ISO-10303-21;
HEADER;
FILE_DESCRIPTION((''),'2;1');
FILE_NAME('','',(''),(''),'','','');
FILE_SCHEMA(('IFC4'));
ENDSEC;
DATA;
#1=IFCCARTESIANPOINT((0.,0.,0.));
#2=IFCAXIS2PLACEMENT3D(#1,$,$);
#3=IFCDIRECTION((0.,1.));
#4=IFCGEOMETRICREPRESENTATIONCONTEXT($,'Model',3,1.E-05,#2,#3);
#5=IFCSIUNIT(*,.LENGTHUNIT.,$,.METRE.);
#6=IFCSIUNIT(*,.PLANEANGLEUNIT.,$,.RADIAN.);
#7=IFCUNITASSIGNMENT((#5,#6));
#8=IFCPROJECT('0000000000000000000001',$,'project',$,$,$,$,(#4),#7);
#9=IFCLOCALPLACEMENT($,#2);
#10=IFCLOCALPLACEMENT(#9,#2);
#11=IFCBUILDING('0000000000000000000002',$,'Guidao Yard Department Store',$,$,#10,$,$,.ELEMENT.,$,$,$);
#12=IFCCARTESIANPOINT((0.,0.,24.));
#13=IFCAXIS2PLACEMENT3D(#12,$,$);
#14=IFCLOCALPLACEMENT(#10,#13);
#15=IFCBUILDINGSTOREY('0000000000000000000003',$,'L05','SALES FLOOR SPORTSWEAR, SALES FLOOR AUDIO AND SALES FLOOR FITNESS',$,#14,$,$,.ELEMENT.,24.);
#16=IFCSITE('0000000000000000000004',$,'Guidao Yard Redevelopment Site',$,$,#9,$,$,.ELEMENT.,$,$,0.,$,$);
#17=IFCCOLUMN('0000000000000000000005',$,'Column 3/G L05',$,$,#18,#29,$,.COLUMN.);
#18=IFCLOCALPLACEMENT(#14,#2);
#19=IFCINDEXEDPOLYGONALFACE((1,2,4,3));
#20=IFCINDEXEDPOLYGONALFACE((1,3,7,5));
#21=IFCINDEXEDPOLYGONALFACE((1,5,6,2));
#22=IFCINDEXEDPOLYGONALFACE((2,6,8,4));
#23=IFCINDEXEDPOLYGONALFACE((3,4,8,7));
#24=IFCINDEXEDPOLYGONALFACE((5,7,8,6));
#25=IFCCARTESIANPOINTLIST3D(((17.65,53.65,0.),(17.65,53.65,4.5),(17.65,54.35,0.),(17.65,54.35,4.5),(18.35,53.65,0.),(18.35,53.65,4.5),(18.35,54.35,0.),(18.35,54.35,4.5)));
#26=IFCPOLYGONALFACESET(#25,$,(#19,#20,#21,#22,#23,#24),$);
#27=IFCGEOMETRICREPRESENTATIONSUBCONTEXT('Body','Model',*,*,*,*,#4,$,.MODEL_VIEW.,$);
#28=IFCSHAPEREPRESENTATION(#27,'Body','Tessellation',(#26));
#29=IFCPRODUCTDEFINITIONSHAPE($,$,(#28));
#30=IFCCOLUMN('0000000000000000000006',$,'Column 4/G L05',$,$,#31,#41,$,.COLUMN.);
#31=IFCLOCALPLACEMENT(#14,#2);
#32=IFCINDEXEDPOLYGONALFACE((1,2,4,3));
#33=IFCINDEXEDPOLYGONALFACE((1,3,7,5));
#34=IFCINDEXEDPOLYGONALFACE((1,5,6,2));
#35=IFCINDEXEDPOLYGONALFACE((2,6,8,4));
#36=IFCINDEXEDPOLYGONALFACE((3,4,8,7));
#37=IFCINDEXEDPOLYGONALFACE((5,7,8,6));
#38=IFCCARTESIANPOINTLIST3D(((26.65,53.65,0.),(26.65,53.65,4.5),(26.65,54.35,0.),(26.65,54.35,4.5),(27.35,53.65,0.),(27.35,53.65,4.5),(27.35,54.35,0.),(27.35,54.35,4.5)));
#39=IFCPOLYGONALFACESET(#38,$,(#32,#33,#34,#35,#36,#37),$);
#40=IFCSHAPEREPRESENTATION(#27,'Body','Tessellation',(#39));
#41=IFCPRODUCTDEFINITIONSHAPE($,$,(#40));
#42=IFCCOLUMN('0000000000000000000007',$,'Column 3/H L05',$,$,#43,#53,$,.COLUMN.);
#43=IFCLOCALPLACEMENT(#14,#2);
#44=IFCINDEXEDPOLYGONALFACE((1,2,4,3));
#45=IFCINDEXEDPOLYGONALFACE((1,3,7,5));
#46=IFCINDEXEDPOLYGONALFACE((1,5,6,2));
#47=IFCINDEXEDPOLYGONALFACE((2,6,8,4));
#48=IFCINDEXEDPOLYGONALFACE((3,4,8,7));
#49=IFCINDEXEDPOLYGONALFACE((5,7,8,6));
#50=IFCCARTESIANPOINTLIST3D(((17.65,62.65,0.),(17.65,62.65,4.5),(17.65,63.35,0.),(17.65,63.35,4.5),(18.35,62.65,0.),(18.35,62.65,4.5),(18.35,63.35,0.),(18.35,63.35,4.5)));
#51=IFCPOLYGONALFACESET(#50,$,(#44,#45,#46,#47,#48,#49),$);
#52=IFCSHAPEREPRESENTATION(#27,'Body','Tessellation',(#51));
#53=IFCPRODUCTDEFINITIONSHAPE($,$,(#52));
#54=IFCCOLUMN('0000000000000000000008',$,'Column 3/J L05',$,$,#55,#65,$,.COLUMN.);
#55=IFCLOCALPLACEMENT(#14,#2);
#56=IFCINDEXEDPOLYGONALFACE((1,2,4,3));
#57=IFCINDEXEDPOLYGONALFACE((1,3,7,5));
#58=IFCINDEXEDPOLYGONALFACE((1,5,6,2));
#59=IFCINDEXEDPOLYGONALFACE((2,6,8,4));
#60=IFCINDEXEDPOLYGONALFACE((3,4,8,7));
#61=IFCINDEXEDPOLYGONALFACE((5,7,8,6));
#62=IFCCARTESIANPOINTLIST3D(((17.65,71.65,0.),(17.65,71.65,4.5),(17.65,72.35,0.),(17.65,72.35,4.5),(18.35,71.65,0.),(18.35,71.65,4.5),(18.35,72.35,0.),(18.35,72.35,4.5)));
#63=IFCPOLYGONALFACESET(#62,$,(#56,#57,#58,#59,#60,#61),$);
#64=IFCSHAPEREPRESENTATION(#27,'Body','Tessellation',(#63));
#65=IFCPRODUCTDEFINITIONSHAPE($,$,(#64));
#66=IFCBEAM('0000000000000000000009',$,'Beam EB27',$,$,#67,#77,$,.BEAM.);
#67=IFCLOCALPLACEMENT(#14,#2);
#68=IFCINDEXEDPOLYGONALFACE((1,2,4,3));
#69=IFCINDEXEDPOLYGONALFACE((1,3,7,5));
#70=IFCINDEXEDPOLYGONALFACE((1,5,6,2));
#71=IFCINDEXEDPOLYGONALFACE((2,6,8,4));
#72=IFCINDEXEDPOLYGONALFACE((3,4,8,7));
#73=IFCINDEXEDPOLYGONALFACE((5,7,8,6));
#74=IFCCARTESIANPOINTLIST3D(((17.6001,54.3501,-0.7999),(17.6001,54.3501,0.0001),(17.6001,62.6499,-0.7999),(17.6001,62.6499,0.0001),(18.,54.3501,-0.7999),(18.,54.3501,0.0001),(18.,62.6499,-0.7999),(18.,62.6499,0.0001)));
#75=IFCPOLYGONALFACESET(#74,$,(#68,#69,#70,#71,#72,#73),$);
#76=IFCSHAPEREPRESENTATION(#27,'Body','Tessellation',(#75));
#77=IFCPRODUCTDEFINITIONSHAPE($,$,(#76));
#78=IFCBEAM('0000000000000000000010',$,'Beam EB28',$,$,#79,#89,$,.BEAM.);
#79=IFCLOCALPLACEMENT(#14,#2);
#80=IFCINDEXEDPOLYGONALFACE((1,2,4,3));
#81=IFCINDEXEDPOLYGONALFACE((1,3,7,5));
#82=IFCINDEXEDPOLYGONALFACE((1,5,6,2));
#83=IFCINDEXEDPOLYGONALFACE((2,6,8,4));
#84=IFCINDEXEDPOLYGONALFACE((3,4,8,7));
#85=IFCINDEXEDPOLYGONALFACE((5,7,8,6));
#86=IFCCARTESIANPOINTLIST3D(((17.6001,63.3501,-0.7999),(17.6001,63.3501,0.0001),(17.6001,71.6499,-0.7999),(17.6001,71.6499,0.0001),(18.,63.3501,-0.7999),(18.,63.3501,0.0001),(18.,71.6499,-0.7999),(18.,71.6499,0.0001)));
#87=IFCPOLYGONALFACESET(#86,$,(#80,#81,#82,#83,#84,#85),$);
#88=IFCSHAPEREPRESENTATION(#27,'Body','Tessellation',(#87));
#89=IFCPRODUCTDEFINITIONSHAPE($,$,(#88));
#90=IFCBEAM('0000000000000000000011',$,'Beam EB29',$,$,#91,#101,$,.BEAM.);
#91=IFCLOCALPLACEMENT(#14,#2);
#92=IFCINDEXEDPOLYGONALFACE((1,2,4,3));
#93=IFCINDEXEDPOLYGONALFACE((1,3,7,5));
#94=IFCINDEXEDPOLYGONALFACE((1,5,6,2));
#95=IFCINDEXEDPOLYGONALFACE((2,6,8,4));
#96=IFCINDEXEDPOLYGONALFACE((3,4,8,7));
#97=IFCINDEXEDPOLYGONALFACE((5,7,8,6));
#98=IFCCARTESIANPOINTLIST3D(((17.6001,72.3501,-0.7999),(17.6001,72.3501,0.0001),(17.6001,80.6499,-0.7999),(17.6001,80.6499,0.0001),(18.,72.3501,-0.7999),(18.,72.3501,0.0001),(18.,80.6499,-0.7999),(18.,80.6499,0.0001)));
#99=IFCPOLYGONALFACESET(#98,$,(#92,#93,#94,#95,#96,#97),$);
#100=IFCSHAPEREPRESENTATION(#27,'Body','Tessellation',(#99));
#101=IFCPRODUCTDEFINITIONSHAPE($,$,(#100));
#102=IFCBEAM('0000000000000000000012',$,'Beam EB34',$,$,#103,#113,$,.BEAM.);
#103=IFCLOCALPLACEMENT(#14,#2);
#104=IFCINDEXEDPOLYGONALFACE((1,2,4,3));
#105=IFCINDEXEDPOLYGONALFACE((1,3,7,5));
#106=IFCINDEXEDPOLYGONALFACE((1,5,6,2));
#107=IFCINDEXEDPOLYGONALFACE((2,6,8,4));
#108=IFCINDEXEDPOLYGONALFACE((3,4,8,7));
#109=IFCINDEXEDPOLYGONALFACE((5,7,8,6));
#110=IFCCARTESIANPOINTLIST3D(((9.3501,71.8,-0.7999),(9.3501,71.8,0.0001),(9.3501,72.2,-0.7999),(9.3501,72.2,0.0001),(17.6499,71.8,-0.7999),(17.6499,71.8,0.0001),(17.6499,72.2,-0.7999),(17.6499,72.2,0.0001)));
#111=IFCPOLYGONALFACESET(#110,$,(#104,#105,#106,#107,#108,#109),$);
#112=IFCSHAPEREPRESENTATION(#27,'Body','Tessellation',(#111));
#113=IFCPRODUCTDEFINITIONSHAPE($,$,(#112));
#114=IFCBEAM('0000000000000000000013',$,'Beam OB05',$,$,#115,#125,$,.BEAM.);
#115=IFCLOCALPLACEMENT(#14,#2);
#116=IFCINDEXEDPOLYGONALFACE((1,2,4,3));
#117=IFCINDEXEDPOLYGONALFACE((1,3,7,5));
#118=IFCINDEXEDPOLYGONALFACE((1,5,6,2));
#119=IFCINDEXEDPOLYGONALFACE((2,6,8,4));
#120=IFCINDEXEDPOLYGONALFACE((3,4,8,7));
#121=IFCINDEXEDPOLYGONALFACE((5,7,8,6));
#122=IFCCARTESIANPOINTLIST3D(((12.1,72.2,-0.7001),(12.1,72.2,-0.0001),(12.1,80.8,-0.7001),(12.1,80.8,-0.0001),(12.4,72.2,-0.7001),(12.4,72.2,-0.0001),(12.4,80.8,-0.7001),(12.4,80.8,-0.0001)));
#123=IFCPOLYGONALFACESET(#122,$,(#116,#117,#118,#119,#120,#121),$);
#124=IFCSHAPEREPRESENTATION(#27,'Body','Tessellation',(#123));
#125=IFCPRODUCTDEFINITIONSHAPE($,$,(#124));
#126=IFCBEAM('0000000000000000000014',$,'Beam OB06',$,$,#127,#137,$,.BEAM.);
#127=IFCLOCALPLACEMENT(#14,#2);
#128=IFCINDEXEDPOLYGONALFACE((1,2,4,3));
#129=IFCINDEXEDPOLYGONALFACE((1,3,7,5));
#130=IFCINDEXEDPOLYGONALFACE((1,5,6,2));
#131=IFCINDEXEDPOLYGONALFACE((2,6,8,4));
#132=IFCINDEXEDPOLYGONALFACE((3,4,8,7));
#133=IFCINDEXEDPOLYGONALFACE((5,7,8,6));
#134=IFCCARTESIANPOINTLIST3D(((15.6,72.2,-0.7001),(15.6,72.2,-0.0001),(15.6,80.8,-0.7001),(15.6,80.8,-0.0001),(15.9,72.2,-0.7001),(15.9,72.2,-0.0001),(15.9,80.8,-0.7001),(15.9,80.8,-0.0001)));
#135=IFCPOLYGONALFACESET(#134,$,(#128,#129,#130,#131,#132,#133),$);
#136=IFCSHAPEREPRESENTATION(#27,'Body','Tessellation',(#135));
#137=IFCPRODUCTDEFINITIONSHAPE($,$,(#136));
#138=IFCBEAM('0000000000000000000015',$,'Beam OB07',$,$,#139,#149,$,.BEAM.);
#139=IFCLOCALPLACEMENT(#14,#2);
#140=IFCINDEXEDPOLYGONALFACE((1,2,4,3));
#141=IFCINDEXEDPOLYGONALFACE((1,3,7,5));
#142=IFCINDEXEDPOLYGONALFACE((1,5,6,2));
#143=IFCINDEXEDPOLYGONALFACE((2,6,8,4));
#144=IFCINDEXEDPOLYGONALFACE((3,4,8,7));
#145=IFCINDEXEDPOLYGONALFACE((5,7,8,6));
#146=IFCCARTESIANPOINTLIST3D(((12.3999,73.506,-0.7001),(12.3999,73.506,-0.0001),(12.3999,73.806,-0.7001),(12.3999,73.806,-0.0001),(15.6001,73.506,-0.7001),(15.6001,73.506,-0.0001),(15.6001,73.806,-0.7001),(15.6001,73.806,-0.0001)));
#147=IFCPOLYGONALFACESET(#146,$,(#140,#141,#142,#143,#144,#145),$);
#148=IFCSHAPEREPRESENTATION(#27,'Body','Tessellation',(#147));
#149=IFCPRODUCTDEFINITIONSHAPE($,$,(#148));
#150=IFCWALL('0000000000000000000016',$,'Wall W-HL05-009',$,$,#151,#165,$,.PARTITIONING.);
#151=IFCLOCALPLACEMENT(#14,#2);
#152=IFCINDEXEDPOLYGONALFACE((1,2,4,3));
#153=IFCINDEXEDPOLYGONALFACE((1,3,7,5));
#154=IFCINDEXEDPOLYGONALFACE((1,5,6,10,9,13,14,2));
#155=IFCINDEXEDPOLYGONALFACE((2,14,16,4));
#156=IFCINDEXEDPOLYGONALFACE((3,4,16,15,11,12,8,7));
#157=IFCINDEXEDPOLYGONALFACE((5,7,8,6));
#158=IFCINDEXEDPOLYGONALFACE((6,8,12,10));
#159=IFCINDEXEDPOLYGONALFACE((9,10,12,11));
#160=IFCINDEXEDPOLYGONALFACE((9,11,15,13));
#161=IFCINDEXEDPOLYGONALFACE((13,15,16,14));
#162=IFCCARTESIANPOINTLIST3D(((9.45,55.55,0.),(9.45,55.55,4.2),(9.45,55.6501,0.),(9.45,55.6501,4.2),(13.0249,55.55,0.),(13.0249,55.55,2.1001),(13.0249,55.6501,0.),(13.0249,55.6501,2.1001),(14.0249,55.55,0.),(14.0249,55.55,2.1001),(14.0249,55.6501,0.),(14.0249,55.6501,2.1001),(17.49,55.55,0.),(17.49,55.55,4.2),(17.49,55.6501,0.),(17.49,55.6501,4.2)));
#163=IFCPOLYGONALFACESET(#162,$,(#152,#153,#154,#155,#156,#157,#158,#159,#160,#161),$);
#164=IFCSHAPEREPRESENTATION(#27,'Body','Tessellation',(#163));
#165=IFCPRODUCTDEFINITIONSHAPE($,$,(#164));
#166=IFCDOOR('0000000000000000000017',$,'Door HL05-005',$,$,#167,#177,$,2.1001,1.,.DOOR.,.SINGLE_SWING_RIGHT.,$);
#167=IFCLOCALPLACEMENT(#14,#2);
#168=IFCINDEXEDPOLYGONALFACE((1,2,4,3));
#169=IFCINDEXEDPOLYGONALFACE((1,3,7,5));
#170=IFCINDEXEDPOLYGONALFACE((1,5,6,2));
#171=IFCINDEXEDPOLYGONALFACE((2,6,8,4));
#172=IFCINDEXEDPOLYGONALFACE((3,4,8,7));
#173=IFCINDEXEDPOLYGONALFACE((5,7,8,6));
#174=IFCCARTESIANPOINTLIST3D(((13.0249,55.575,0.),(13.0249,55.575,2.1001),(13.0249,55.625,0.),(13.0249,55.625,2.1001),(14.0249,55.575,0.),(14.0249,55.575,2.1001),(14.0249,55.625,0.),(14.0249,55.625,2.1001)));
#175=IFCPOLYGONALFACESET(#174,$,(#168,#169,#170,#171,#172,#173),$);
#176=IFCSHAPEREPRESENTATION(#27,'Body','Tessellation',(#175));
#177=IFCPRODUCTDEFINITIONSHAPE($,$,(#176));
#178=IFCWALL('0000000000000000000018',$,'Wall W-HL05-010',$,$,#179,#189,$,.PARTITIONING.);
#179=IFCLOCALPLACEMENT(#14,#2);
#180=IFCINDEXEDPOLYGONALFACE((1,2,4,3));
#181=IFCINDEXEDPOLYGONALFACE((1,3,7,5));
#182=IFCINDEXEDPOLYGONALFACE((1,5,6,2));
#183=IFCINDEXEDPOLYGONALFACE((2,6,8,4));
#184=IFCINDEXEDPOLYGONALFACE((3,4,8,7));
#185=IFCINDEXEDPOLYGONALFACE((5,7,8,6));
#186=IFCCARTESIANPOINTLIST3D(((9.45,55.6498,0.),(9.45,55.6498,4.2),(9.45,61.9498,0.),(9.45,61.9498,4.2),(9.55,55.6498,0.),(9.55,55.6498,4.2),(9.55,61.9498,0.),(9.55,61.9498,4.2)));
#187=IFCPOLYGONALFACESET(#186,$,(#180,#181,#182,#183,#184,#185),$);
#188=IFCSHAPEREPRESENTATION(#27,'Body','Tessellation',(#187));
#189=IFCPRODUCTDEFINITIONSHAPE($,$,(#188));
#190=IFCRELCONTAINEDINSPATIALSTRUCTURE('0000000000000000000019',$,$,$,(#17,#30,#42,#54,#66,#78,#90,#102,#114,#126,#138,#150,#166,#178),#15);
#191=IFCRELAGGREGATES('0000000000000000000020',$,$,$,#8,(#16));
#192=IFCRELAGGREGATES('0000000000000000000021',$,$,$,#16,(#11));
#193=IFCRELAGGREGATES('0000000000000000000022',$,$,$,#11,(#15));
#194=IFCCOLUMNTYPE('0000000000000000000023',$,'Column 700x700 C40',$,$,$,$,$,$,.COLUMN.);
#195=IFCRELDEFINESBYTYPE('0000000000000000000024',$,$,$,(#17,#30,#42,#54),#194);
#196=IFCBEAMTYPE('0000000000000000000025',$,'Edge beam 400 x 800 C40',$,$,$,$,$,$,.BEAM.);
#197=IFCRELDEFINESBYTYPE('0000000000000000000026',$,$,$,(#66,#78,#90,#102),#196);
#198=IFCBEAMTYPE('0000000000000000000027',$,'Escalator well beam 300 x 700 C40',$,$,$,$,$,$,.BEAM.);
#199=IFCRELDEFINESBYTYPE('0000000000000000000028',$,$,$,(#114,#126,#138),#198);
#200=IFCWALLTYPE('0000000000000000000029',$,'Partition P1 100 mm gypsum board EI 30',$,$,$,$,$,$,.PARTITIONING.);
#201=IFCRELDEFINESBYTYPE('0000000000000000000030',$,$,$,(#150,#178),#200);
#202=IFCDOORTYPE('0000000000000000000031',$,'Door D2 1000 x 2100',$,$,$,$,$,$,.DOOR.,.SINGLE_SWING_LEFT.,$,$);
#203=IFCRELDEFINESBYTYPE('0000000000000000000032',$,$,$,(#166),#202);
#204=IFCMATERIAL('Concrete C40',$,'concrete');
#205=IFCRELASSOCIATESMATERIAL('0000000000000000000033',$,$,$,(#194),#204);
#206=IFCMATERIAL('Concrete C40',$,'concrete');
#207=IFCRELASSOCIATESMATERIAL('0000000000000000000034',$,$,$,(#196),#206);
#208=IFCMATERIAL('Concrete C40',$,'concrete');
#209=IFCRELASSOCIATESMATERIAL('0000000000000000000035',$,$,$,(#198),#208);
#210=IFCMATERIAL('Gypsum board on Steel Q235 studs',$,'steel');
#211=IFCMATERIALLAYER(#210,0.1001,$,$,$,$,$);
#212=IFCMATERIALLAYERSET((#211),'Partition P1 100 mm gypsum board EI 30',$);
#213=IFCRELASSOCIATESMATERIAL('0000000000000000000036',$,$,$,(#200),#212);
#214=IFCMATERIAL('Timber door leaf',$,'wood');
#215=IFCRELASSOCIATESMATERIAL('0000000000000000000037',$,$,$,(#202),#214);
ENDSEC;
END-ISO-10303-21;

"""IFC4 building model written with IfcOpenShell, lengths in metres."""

from ifc_helpers import new_model, si_unit, direction, frame, frame_2d, origin, origin_2d, place, context, subcontext, project, spatial, rectangle, extrude, material, layer, layer_set, material_profile, profile_set, type_object, element, fill, save


model = new_model("IFC4")

# Units and contexts
model_context = context("Model", 3, precision=1e-05, world=origin(), true_north=direction((0.0, 1.0)))
body_context = subcontext(model_context, "Body", "Model", "MODEL_VIEW")
ifc_project = project(units=[si_unit("LENGTHUNIT", "METRE"), si_unit("PLANEANGLEUNIT", "RADIAN")], contexts=[model_context])

# Site, building, storey
site_placement = place(None, origin())
site = spatial("IfcSite", under=ifc_project, at=site_placement, Name="Guidao Yard Redevelopment Site", CompositionType="ELEMENT", RefElevation=0.0)
building_placement = place(site_placement, origin())
building = spatial("IfcBuilding", under=site, at=building_placement, Name="Guidao Yard Department Store", CompositionType="ELEMENT")
storey_placement = place(building_placement, frame((0.0, 0.0, 24.0)))
storey = spatial("IfcBuildingStorey", under=building, at=storey_placement, Name="L05", Description="SALES FLOOR SPORTSWEAR, SALES FLOOR AUDIO AND SALES FLOOR FITNESS", CompositionType="ELEMENT", Elevation=24.0)

# Columns
ifc_material_1 = material(Name="Concrete C40", Category="concrete")
ifc_material_profile_1 = material_profile(ifc_material_1, rectangle(XDim=0.7, YDim=0.7, at=origin_2d()), Name="COL 700x700")
ifc_profile_set_1 = profile_set([ifc_material_profile_1], Name="Concrete C40")
column_type = type_object("IfcColumnType", Name="Column 700x700 C40", PredefinedType="COLUMN", material=ifc_profile_set_1)
for number, where, z_axis, x_axis, name in (
    (1, (18.0, 54.0, 0.0), (0.0, 0.0, 1.0), (1.0, 0.0, 0.0), "Column 3/G L05"),
    (2, (27.0, 54.0, 0.0), (0.0, 0.0, 1.0), (1.0, 0.0, 0.0), "Column 4/G L05"),
    (3, (18.0, 63.0, 0.0), (0.0, 0.0, 1.0), (1.0, 0.0, 0.0), "Column 3/H L05"),
    (4, (18.0, 72.0, 0.0), (0.0, 0.0, 1.0), (1.0, 0.0, 0.0), "Column 3/J L05"),
):
    element("IfcColumn", number, at=place(storey_placement, frame(where, z_axis=z_axis, x_axis=x_axis)), inside=storey, type_object=column_type, Name=name, PredefinedType="COLUMN", context=body_context, shape_type="SweptSolid", body=[
        extrude(rectangle(XDim=0.7, YDim=0.7, at=origin_2d()), origin(), (0.0, 0.0, 1.0), 4.5),
    ])

# Beams
ifc_material_2 = material(Name="Concrete C40", Category="concrete")
ifc_material_profile_2 = material_profile(ifc_material_2, rectangle(XDim=0.3999, YDim=0.8, at=origin_2d()), Name="Edge beam 400 x 800 C40")
ifc_profile_set_2 = profile_set([ifc_material_profile_2], Name="Concrete C40")
beam_type_1 = type_object("IfcBeamType", Name="Edge beam 400 x 800 C40", PredefinedType="BEAM", material=ifc_profile_set_2)
for number, where, z_axis, x_axis, name in (
    (5, (17.8, 54.3501, -0.3999), (0.0, 1.0, 0.0), (-1.0, 0.0, 0.0), "Beam EB27"),
    (6, (17.8, 63.3501, -0.3999), (0.0, 1.0, 0.0), (-1.0, 0.0, 0.0), "Beam EB28"),
    (7, (17.8, 72.3501, -0.3999), (0.0, 1.0, 0.0), (-1.0, 0.0, 0.0), "Beam EB29"),
    (8, (9.3501, 72.0, -0.3999), (1.0, 0.0, 0.0), (0.0, 1.0, 0.0), "Beam EB34"),
):
    element("IfcBeam", number, at=place(storey_placement, frame(where, z_axis=z_axis, x_axis=x_axis)), inside=storey, type_object=beam_type_1, Name=name, PredefinedType="BEAM", context=body_context, shape_type="SweptSolid", body=[
        extrude(rectangle(XDim=0.3999, YDim=0.8, at=origin_2d()), origin(), (0.0, 0.0, 1.0), 8.2998),
    ])
ifc_material_3 = material(Name="Concrete C40", Category="concrete")
ifc_material_profile_3 = material_profile(ifc_material_3, rectangle(XDim=0.3, YDim=0.7, at=origin_2d()), Name="Escalator well beam 300 x 700 C40")
ifc_profile_set_3 = profile_set([ifc_material_profile_3], Name="Concrete C40")
beam_type_2 = type_object("IfcBeamType", Name="Escalator well beam 300 x 700 C40", PredefinedType="BEAM", material=ifc_profile_set_3)
for number, where, z_axis, x_axis, name in (
    (9, (12.25, 72.2, -0.3501), (0.0, 1.0, 0.0), (-1.0, 0.0, 0.0), "Beam OB05"),
    (10, (15.75, 72.2, -0.3501), (0.0, 1.0, 0.0), (-1.0, 0.0, 0.0), "Beam OB06"),
):
    element("IfcBeam", number, at=place(storey_placement, frame(where, z_axis=z_axis, x_axis=x_axis)), inside=storey, type_object=beam_type_2, Name=name, PredefinedType="BEAM", context=body_context, shape_type="SweptSolid", body=[
        extrude(rectangle(XDim=0.3, YDim=0.7, at=origin_2d()), origin(), (0.0, 0.0, 1.0), 8.6001),
    ])
beam_placement = place(storey_placement, frame((12.3999, 73.656, -0.3501), z_axis=(1.0, 0.0, 0.0), x_axis=(0.0, 1.0, 0.0)))
element("IfcBeam", 11, at=beam_placement, inside=storey, type_object=beam_type_2, Name="Beam OB07", PredefinedType="BEAM", context=body_context, shape_type="SweptSolid", body=[
    extrude(rectangle(XDim=0.3, YDim=0.7, at=origin_2d()), origin(), (0.0, 0.0, 1.0), 3.2002),
])

# Wall, opening, door
ifc_material_4 = material(Name="Gypsum board on Steel Q235 studs", Category="steel")
ifc_layer = layer(ifc_material_4, 0.1001)
ifc_layer_set = layer_set([ifc_layer], Name="Partition P1 100 mm gypsum board EI 30")
wall_type = type_object("IfcWallType", Name="Partition P1 100 mm gypsum board EI 30", PredefinedType="PARTITIONING", material=ifc_layer_set)
wall_1_placement = place(storey_placement, frame((9.45, 55.6001, 0.0), z_axis=(0.0, 0.0, 1.0), x_axis=(1.0, 0.0, 0.0)))
wall_1 = element("IfcWall", 12, at=wall_1_placement, inside=storey, type_object=wall_type, Name="Wall W-HL05-009", PredefinedType="PARTITIONING", context=body_context, shape_type="SweptSolid", body=[
    extrude(rectangle(XDim=8.04, YDim=0.1001, at=frame_2d((4.02, 0.0))), origin(), (0.0, 0.0, 1.0), 4.2),
])
opening_1_placement = place(wall_1_placement, frame((3.575, 0.0, 0.0)))
opening_1 = element("IfcOpeningElement", 13, at=opening_1_placement, cuts=wall_1, PredefinedType="OPENING", context=body_context, shape_type="SweptSolid", body=[
    extrude(rectangle(XDim=1.0, YDim=2.1001, at=frame_2d((0.5, 1.05))), frame((0.0, 0.0601, 0.0), z_axis=(0.0, -1.0, 0.0), x_axis=(1.0, 0.0, 0.0)), (0.0, 0.0, 1.0), 0.1201),
])
ifc_material_5 = material(Name="Timber door leaf", Category="wood")
door_type = type_object("IfcDoorType", Name="Door D2 1000 x 2100", OperationType="SINGLE_SWING_LEFT", PredefinedType="DOOR", material=ifc_material_5)
door_1_placement = place(opening_1_placement, origin())
door_1 = element("IfcDoor", 14, at=door_1_placement, inside=storey, type_object=door_type, Name="Door HL05-005", OperationType="SINGLE_SWING_RIGHT", OverallHeight=2.1001, OverallWidth=1.0, PredefinedType="DOOR", context=body_context, shape_type="SweptSolid", body=[
    extrude(rectangle(XDim=1.0, YDim=2.1001, at=frame_2d((0.5, 1.05))), frame((0.0, 0.0249, 0.0), z_axis=(0.0, -1.0, 0.0), x_axis=(1.0, 0.0, 0.0)), (0.0, 0.0, 1.0), 0.05),
])
fill(opening_1, door_1)

# Wall
wall_2_placement = place(storey_placement, frame((9.5, 55.6499, 0.0), z_axis=(0.0, 0.0, 1.0), x_axis=(0.0, 1.0, 0.0)))
element("IfcWall", 15, at=wall_2_placement, inside=storey, type_object=wall_type, Name="Wall W-HL05-010", PredefinedType="PARTITIONING", context=body_context, shape_type="SweptSolid", body=[
    extrude(rectangle(XDim=6.3, YDim=0.1001, at=frame_2d((3.1499, 0.0))), origin(), (0.0, 0.0, 1.0), 4.2),
])

save(model, "model.ifc")
